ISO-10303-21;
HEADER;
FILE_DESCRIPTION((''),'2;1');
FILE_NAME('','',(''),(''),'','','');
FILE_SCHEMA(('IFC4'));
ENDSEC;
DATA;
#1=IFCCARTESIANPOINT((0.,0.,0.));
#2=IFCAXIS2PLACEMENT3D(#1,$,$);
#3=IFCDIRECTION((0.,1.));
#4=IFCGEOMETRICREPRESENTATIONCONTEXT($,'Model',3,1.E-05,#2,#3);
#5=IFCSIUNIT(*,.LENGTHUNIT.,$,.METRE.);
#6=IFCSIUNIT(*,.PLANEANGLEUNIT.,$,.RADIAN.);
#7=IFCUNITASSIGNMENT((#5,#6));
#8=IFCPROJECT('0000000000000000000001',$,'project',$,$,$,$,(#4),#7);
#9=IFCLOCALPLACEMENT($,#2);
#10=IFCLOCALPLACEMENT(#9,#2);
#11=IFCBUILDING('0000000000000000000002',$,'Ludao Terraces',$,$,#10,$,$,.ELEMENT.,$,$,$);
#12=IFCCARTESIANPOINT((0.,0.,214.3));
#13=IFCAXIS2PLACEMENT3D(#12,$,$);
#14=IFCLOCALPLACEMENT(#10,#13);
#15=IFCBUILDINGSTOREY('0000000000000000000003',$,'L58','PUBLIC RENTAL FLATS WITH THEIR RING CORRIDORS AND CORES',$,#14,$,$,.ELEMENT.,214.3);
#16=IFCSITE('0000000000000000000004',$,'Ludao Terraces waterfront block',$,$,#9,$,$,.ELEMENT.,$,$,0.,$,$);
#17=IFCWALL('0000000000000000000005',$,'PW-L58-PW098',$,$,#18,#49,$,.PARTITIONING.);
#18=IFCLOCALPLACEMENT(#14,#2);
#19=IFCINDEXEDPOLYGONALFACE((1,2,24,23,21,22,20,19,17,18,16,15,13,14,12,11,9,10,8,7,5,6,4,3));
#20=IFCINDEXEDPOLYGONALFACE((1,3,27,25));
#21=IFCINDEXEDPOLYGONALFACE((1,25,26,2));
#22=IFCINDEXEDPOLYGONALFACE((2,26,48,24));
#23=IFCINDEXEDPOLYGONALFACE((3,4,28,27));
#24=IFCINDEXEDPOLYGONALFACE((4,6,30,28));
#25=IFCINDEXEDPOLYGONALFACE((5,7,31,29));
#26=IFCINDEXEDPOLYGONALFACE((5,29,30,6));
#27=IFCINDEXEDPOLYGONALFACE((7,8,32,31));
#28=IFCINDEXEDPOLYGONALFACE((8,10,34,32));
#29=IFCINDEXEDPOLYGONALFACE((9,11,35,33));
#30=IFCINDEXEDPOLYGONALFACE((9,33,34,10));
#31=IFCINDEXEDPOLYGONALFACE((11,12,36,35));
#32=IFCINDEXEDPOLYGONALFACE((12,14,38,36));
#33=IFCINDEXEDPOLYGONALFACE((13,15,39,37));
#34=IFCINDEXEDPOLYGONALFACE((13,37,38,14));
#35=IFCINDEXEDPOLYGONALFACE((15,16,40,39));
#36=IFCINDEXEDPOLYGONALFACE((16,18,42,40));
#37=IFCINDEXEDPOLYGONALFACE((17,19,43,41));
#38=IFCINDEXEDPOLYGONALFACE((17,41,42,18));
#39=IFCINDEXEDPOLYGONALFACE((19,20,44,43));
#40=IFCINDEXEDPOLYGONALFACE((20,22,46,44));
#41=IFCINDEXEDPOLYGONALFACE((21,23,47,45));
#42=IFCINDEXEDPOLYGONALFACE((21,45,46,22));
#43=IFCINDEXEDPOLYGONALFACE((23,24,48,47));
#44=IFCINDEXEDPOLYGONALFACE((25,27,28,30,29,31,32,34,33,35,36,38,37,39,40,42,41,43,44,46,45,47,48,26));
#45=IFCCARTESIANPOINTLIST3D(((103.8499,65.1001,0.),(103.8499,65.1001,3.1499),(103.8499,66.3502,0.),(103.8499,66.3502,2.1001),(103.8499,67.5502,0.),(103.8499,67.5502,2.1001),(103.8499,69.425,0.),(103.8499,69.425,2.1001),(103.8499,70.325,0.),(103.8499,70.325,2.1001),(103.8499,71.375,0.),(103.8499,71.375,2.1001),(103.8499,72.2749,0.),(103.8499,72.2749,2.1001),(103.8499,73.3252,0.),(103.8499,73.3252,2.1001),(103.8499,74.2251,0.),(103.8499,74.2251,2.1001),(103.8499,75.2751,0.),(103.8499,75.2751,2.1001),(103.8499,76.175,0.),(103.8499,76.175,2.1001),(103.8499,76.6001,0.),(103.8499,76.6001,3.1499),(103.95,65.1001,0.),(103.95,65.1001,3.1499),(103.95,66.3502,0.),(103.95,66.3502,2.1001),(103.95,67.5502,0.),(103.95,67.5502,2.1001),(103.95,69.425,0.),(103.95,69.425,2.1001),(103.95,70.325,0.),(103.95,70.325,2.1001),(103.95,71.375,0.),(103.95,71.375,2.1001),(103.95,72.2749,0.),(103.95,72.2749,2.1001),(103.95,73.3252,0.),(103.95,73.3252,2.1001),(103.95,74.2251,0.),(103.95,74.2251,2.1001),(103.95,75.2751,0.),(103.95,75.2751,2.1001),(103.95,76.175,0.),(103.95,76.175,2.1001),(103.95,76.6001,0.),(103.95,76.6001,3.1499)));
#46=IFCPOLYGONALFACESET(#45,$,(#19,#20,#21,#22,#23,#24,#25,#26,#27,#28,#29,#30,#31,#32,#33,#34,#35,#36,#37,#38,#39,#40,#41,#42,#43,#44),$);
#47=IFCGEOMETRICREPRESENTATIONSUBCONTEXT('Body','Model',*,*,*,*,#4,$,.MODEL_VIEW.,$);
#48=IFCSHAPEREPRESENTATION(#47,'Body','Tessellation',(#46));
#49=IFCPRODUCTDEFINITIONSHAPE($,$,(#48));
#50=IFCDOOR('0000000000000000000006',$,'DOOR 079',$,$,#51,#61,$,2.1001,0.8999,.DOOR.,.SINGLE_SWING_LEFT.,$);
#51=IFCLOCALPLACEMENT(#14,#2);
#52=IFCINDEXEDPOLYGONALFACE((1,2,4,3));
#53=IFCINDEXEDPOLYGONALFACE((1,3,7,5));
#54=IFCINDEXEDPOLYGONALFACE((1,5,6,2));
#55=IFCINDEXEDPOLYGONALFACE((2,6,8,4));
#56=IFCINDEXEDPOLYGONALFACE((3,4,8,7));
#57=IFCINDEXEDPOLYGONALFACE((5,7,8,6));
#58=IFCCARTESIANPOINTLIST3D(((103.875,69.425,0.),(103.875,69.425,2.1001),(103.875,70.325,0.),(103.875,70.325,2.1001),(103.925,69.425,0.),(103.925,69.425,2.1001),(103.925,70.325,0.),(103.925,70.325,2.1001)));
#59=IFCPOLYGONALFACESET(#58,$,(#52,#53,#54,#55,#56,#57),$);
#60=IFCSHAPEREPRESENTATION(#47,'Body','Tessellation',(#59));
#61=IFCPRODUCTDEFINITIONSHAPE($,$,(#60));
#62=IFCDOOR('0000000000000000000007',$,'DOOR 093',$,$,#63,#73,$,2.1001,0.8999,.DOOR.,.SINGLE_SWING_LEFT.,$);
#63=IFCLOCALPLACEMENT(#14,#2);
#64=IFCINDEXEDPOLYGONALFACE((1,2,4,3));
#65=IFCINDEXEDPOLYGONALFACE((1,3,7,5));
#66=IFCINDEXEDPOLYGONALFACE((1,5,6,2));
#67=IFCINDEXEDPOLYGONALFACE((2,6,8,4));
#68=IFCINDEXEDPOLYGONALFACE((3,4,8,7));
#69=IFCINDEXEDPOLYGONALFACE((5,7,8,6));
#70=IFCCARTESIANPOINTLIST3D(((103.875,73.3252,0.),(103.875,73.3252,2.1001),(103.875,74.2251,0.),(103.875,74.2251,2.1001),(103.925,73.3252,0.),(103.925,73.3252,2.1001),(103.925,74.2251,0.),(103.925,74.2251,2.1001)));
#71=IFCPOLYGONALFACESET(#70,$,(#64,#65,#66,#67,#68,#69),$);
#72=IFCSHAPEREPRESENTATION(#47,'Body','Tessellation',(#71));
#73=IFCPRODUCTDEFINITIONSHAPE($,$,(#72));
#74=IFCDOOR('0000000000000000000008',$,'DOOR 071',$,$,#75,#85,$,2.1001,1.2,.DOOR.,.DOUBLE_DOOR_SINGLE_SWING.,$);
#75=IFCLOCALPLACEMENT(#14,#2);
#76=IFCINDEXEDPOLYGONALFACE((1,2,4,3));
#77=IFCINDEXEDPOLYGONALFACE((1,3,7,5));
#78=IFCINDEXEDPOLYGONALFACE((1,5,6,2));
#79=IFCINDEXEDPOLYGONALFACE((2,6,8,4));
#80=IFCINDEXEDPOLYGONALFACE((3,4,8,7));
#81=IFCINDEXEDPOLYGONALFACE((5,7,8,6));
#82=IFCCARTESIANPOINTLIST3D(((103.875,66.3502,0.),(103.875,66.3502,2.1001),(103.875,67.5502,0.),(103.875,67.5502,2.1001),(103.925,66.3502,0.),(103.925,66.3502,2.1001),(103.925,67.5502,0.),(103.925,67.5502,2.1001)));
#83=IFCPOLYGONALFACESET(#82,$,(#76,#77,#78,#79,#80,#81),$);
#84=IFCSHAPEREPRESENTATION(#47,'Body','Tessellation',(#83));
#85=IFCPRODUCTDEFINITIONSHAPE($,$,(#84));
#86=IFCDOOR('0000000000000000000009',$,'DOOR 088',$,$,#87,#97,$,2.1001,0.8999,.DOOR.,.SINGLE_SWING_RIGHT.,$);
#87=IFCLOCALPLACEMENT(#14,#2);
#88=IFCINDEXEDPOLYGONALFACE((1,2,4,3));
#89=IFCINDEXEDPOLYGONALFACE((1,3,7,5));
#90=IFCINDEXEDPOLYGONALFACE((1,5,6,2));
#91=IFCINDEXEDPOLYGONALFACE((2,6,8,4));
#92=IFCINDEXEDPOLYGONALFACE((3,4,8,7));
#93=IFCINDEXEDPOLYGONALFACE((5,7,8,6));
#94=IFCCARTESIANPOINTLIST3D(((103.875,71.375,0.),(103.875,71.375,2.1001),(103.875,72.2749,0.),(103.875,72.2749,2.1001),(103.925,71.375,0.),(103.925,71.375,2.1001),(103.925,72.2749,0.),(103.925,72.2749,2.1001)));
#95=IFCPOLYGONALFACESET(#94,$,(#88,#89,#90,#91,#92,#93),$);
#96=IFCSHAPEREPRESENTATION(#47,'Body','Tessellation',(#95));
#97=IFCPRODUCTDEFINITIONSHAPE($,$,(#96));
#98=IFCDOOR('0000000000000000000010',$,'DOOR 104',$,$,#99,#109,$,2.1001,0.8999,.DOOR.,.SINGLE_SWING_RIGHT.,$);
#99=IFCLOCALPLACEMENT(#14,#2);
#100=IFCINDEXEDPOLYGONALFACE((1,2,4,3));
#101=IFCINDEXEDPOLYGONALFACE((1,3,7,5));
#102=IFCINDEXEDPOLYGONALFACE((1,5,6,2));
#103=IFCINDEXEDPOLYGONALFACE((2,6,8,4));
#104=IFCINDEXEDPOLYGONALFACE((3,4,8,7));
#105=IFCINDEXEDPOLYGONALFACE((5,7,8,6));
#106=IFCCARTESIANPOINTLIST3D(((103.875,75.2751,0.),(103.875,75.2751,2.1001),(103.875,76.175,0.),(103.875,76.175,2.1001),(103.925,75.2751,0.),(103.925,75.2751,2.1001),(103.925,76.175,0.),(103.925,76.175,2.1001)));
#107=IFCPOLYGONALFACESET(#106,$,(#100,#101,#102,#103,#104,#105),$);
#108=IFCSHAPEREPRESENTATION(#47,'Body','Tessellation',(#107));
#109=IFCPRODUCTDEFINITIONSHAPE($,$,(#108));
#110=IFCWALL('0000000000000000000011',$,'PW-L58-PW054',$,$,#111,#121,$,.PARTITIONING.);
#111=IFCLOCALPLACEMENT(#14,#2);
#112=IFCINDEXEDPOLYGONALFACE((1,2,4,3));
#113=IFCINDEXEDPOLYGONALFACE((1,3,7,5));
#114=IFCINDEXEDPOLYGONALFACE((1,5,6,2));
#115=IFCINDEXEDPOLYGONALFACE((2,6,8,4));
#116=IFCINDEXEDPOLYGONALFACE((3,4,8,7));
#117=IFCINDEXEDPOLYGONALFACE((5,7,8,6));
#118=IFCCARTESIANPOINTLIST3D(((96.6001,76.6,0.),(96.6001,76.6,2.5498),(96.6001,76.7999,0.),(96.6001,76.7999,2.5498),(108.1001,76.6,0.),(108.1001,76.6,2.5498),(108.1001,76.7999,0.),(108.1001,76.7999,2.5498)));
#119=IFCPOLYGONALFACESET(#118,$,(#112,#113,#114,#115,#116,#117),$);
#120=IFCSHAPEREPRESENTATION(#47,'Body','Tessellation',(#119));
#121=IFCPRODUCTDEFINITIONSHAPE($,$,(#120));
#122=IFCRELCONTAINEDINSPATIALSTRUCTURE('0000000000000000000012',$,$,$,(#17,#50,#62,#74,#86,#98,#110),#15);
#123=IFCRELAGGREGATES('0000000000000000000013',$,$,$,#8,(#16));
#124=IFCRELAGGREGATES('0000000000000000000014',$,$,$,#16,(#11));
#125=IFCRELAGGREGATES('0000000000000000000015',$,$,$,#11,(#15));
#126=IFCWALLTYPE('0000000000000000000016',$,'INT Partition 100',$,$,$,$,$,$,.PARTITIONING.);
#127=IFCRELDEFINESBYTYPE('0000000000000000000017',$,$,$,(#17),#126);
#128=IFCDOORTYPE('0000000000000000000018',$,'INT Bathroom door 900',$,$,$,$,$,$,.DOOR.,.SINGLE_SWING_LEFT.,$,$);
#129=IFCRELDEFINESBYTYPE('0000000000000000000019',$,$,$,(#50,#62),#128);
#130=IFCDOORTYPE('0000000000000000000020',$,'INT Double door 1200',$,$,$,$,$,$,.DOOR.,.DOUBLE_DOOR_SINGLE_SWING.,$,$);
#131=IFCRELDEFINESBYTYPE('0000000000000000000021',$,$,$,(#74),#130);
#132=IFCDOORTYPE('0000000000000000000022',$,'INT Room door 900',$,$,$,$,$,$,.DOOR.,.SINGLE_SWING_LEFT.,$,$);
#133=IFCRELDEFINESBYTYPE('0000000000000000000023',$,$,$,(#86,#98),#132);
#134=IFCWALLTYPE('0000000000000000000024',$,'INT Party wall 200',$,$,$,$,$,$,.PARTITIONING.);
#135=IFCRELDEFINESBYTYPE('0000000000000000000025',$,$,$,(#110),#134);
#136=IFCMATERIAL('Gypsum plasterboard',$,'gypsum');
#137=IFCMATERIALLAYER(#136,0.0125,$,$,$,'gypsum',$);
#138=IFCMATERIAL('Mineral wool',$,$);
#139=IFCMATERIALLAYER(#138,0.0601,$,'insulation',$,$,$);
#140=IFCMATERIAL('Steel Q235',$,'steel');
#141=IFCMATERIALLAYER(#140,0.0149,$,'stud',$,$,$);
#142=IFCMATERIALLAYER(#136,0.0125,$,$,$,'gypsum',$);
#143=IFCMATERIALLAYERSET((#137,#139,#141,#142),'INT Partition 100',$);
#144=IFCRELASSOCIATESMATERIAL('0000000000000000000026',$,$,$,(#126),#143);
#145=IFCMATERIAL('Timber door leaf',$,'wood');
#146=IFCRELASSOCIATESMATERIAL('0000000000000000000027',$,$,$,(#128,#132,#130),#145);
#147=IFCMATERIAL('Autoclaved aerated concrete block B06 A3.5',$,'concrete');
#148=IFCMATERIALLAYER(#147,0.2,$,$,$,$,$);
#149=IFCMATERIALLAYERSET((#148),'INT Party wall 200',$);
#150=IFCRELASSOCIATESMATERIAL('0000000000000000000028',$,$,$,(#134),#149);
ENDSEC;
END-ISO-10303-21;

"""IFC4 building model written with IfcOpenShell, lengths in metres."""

from ifc_helpers import new_model, si_unit, direction, frame, frame_2d, origin, place, context, subcontext, project, spatial, rectangle, extrude, material, layer, layer_set, type_object, element, fill, save


model = new_model("IFC4")

# Units and contexts
model_context = context("Model", 3, precision=1e-05, world=origin(), true_north=direction((0.0, 1.0)))
body_context = subcontext(model_context, "Body", "Model", "MODEL_VIEW")
ifc_project = project(units=[si_unit("LENGTHUNIT", "METRE"), si_unit("PLANEANGLEUNIT", "RADIAN")], contexts=[model_context])

# Site, building, storey
site_placement = place(None, origin())
site = spatial("IfcSite", under=ifc_project, at=site_placement, Name="Ludao Terraces waterfront block", CompositionType="ELEMENT", RefElevation=0.0)
building_placement = place(site_placement, origin())
building = spatial("IfcBuilding", under=site, at=building_placement, Name="Ludao Terraces", CompositionType="ELEMENT")
storey_placement = place(building_placement, frame((0.0, 0.0, 214.3)))
storey = spatial("IfcBuildingStorey", under=building, at=storey_placement, Name="L58", Description="PUBLIC RENTAL FLATS WITH THEIR RING CORRIDORS AND CORES", CompositionType="ELEMENT", Elevation=214.3)

# Shared definitions
ifc_material_1 = material(Name="Mineral wool")

# Shared definitions
ifc_material_2 = material(Name="Gypsum plasterboard", Category="gypsum")
ifc_layer_1 = layer(ifc_material_2, 0.0125, Category="gypsum")
ifc_layer_2 = layer(ifc_material_1, 0.0601, Name="insulation")
ifc_material_3 = material(Name="Steel Q235", Category="steel")
ifc_layer_3 = layer(ifc_material_3, 0.0149, Name="stud")
ifc_layer_4 = layer(ifc_material_2, 0.0125, Category="gypsum")
ifc_layer_set_1 = layer_set([ifc_layer_1, ifc_layer_2, ifc_layer_3, ifc_layer_4], Name="INT Partition 100")
wall_type_1 = type_object("IfcWallType", Name="INT Partition 100", PredefinedType="PARTITIONING", material=ifc_layer_set_1)

# Wall, openings, doors
ifc_material_4 = material(Name="Timber door leaf", Category="wood")
door_type_1 = type_object("IfcDoorType", Name="INT Bathroom door 900", OperationType="SINGLE_SWING_LEFT", PredefinedType="DOOR", material=ifc_material_4)
door_type_2 = type_object("IfcDoorType", Name="INT Room door 900", OperationType="SINGLE_SWING_LEFT", PredefinedType="DOOR", material=ifc_material_4)
wall_1_placement = place(storey_placement, frame((103.8999, 65.1001, 0.0), z_axis=(0.0, 0.0, 1.0), x_axis=(0.0, 1.0, 0.0)))
wall_1 = element("IfcWall", 1, at=wall_1_placement, inside=storey, type_object=wall_type_1, Name="PW-L58-PW098", PredefinedType="PARTITIONING", context=body_context, shape_type="SweptSolid", body=[
    extrude(rectangle(XDim=11.5, YDim=0.1001, at=frame_2d((5.75, 0.0))), origin(), (0.0, 0.0, 1.0), 3.1499),
])
opening_1_placement = place(wall_1_placement, frame((1.25, 0.0, 0.0)))
opening_1 = element("IfcOpeningElement", 2, at=opening_1_placement, cuts=wall_1, PredefinedType="OPENING", context=body_context, shape_type="SweptSolid", body=[
    extrude(rectangle(XDim=1.2, YDim=2.1001, at=frame_2d((0.6001, 1.05))), frame((0.0, 0.0601, 0.0), z_axis=(0.0, -1.0, 0.0), x_axis=(1.0, 0.0, 0.0)), (0.0, 0.0, 1.0), 0.1201),
])
opening_2_placement = place(wall_1_placement, frame((4.325, 0.0, 0.0)))
opening_2 = element("IfcOpeningElement", 3, at=opening_2_placement, cuts=wall_1, PredefinedType="OPENING", context=body_context, shape_type="SweptSolid", body=[
    extrude(rectangle(XDim=0.8999, YDim=2.1001, at=frame_2d((0.45, 1.05))), frame((0.0, 0.0601, 0.0), z_axis=(0.0, -1.0, 0.0), x_axis=(1.0, 0.0, 0.0)), (0.0, 0.0, 1.0), 0.1201),
])
opening_3_placement = place(wall_1_placement, frame((6.2749, 0.0, 0.0)))
opening_3 = element("IfcOpeningElement", 4, at=opening_3_placement, cuts=wall_1, PredefinedType="OPENING", context=body_context, shape_type="SweptSolid", body=[
    extrude(rectangle(XDim=0.8999, YDim=2.1001, at=frame_2d((0.45, 1.05))), frame((0.0, 0.0601, 0.0), z_axis=(0.0, -1.0, 0.0), x_axis=(1.0, 0.0, 0.0)), (0.0, 0.0, 1.0), 0.1201),
])
opening_4_placement = place(wall_1_placement, frame((8.2251, 0.0, 0.0)))
opening_4 = element("IfcOpeningElement", 5, at=opening_4_placement, cuts=wall_1, PredefinedType="OPENING", context=body_context, shape_type="SweptSolid", body=[
    extrude(rectangle(XDim=0.8999, YDim=2.1001, at=frame_2d((0.45, 1.05))), frame((0.0, 0.0601, 0.0), z_axis=(0.0, -1.0, 0.0), x_axis=(1.0, 0.0, 0.0)), (0.0, 0.0, 1.0), 0.1201),
])
opening_5_placement = place(wall_1_placement, frame((10.175, 0.0, 0.0)))
opening_5 = element("IfcOpeningElement", 6, at=opening_5_placement, cuts=wall_1, PredefinedType="OPENING", context=body_context, shape_type="SweptSolid", body=[
    extrude(rectangle(XDim=0.8999, YDim=2.1001, at=frame_2d((0.45, 1.05))), frame((0.0, 0.0601, 0.0), z_axis=(0.0, -1.0, 0.0), x_axis=(1.0, 0.0, 0.0)), (0.0, 0.0, 1.0), 0.1201),
])
door_1_placement = place(opening_2_placement, origin())
door_1 = element("IfcDoor", 7, at=door_1_placement, inside=storey, type_object=door_type_1, Name="DOOR 079", OperationType="SINGLE_SWING_LEFT", OverallHeight=2.1001, OverallWidth=0.8999, PredefinedType="DOOR", context=body_context, shape_type="SweptSolid", body=[
    extrude(rectangle(XDim=0.8999, YDim=2.1001, at=frame_2d((0.45, 1.05))), frame((0.0, 0.0249, 0.0), z_axis=(0.0, -1.0, 0.0), x_axis=(1.0, 0.0, 0.0)), (0.0, 0.0, 1.0), 0.05),
])
fill(opening_2, door_1)
door_2_placement = place(opening_4_placement, origin())
door_2 = element("IfcDoor", 8, at=door_2_placement, inside=storey, type_object=door_type_1, Name="DOOR 093", OperationType="SINGLE_SWING_LEFT", OverallHeight=2.1001, OverallWidth=0.8999, PredefinedType="DOOR", context=body_context, shape_type="SweptSolid", body=[
    extrude(rectangle(XDim=0.8999, YDim=2.1001, at=frame_2d((0.45, 1.05))), frame((0.0, 0.0249, 0.0), z_axis=(0.0, -1.0, 0.0), x_axis=(1.0, 0.0, 0.0)), (0.0, 0.0, 1.0), 0.05),
])
fill(opening_4, door_2)
door_type_3 = type_object("IfcDoorType", Name="INT Double door 1200", OperationType="DOUBLE_DOOR_SINGLE_SWING", PredefinedType="DOOR", material=ifc_material_4)
door_3_placement = place(opening_1_placement, origin())
door_3 = element("IfcDoor", 9, at=door_3_placement, inside=storey, type_object=door_type_3, Name="DOOR 071", OperationType="DOUBLE_DOOR_SINGLE_SWING", OverallHeight=2.1001, OverallWidth=1.2, PredefinedType="DOOR", context=body_context, shape_type="SweptSolid", body=[
    extrude(rectangle(XDim=1.2, YDim=2.1001, at=frame_2d((0.6001, 1.05))), frame((0.0, 0.0249, 0.0), z_axis=(0.0, -1.0, 0.0), x_axis=(1.0, 0.0, 0.0)), (0.0, 0.0, 1.0), 0.05),
])
fill(opening_1, door_3)
door_4_placement = place(opening_3_placement, origin())
door_4 = element("IfcDoor", 10, at=door_4_placement, inside=storey, type_object=door_type_2, Name="DOOR 088", OperationType="SINGLE_SWING_RIGHT", OverallHeight=2.1001, OverallWidth=0.8999, PredefinedType="DOOR", context=body_context, shape_type="SweptSolid", body=[
    extrude(rectangle(XDim=0.8999, YDim=2.1001, at=frame_2d((0.45, 1.05))), frame((0.0, 0.0249, 0.0), z_axis=(0.0, -1.0, 0.0), x_axis=(1.0, 0.0, 0.0)), (0.0, 0.0, 1.0), 0.05),
])
fill(opening_3, door_4)
door_5_placement = place(opening_5_placement, origin())
door_5 = element("IfcDoor", 11, at=door_5_placement, inside=storey, type_object=door_type_2, Name="DOOR 104", OperationType="SINGLE_SWING_RIGHT", OverallHeight=2.1001, OverallWidth=0.8999, PredefinedType="DOOR", context=body_context, shape_type="SweptSolid", body=[
    extrude(rectangle(XDim=0.8999, YDim=2.1001, at=frame_2d((0.45, 1.05))), frame((0.0, 0.0249, 0.0), z_axis=(0.0, -1.0, 0.0), x_axis=(1.0, 0.0, 0.0)), (0.0, 0.0, 1.0), 0.05),
])
fill(opening_5, door_5)

# Wall
ifc_material_5 = material(Name="Autoclaved aerated concrete block B06 A3.5", Category="concrete")
ifc_layer_5 = layer(ifc_material_5, 0.2)
ifc_layer_set_2 = layer_set([ifc_layer_5], Name="INT Party wall 200")
wall_type_2 = type_object("IfcWallType", Name="INT Party wall 200", PredefinedType="PARTITIONING", material=ifc_layer_set_2)
wall_2_placement = place(storey_placement, frame((96.6001, 76.7, 0.0), z_axis=(0.0, 0.0, 1.0), x_axis=(1.0, 0.0, 0.0)))
element("IfcWall", 12, at=wall_2_placement, inside=storey, type_object=wall_type_2, Name="PW-L58-PW054", PredefinedType="PARTITIONING", context=body_context, shape_type="SweptSolid", body=[
    extrude(rectangle(XDim=11.5, YDim=0.2, at=frame_2d((5.75, 0.0))), origin(), (0.0, 0.0, 1.0), 2.5498),
])

save(model, "model.ifc")
